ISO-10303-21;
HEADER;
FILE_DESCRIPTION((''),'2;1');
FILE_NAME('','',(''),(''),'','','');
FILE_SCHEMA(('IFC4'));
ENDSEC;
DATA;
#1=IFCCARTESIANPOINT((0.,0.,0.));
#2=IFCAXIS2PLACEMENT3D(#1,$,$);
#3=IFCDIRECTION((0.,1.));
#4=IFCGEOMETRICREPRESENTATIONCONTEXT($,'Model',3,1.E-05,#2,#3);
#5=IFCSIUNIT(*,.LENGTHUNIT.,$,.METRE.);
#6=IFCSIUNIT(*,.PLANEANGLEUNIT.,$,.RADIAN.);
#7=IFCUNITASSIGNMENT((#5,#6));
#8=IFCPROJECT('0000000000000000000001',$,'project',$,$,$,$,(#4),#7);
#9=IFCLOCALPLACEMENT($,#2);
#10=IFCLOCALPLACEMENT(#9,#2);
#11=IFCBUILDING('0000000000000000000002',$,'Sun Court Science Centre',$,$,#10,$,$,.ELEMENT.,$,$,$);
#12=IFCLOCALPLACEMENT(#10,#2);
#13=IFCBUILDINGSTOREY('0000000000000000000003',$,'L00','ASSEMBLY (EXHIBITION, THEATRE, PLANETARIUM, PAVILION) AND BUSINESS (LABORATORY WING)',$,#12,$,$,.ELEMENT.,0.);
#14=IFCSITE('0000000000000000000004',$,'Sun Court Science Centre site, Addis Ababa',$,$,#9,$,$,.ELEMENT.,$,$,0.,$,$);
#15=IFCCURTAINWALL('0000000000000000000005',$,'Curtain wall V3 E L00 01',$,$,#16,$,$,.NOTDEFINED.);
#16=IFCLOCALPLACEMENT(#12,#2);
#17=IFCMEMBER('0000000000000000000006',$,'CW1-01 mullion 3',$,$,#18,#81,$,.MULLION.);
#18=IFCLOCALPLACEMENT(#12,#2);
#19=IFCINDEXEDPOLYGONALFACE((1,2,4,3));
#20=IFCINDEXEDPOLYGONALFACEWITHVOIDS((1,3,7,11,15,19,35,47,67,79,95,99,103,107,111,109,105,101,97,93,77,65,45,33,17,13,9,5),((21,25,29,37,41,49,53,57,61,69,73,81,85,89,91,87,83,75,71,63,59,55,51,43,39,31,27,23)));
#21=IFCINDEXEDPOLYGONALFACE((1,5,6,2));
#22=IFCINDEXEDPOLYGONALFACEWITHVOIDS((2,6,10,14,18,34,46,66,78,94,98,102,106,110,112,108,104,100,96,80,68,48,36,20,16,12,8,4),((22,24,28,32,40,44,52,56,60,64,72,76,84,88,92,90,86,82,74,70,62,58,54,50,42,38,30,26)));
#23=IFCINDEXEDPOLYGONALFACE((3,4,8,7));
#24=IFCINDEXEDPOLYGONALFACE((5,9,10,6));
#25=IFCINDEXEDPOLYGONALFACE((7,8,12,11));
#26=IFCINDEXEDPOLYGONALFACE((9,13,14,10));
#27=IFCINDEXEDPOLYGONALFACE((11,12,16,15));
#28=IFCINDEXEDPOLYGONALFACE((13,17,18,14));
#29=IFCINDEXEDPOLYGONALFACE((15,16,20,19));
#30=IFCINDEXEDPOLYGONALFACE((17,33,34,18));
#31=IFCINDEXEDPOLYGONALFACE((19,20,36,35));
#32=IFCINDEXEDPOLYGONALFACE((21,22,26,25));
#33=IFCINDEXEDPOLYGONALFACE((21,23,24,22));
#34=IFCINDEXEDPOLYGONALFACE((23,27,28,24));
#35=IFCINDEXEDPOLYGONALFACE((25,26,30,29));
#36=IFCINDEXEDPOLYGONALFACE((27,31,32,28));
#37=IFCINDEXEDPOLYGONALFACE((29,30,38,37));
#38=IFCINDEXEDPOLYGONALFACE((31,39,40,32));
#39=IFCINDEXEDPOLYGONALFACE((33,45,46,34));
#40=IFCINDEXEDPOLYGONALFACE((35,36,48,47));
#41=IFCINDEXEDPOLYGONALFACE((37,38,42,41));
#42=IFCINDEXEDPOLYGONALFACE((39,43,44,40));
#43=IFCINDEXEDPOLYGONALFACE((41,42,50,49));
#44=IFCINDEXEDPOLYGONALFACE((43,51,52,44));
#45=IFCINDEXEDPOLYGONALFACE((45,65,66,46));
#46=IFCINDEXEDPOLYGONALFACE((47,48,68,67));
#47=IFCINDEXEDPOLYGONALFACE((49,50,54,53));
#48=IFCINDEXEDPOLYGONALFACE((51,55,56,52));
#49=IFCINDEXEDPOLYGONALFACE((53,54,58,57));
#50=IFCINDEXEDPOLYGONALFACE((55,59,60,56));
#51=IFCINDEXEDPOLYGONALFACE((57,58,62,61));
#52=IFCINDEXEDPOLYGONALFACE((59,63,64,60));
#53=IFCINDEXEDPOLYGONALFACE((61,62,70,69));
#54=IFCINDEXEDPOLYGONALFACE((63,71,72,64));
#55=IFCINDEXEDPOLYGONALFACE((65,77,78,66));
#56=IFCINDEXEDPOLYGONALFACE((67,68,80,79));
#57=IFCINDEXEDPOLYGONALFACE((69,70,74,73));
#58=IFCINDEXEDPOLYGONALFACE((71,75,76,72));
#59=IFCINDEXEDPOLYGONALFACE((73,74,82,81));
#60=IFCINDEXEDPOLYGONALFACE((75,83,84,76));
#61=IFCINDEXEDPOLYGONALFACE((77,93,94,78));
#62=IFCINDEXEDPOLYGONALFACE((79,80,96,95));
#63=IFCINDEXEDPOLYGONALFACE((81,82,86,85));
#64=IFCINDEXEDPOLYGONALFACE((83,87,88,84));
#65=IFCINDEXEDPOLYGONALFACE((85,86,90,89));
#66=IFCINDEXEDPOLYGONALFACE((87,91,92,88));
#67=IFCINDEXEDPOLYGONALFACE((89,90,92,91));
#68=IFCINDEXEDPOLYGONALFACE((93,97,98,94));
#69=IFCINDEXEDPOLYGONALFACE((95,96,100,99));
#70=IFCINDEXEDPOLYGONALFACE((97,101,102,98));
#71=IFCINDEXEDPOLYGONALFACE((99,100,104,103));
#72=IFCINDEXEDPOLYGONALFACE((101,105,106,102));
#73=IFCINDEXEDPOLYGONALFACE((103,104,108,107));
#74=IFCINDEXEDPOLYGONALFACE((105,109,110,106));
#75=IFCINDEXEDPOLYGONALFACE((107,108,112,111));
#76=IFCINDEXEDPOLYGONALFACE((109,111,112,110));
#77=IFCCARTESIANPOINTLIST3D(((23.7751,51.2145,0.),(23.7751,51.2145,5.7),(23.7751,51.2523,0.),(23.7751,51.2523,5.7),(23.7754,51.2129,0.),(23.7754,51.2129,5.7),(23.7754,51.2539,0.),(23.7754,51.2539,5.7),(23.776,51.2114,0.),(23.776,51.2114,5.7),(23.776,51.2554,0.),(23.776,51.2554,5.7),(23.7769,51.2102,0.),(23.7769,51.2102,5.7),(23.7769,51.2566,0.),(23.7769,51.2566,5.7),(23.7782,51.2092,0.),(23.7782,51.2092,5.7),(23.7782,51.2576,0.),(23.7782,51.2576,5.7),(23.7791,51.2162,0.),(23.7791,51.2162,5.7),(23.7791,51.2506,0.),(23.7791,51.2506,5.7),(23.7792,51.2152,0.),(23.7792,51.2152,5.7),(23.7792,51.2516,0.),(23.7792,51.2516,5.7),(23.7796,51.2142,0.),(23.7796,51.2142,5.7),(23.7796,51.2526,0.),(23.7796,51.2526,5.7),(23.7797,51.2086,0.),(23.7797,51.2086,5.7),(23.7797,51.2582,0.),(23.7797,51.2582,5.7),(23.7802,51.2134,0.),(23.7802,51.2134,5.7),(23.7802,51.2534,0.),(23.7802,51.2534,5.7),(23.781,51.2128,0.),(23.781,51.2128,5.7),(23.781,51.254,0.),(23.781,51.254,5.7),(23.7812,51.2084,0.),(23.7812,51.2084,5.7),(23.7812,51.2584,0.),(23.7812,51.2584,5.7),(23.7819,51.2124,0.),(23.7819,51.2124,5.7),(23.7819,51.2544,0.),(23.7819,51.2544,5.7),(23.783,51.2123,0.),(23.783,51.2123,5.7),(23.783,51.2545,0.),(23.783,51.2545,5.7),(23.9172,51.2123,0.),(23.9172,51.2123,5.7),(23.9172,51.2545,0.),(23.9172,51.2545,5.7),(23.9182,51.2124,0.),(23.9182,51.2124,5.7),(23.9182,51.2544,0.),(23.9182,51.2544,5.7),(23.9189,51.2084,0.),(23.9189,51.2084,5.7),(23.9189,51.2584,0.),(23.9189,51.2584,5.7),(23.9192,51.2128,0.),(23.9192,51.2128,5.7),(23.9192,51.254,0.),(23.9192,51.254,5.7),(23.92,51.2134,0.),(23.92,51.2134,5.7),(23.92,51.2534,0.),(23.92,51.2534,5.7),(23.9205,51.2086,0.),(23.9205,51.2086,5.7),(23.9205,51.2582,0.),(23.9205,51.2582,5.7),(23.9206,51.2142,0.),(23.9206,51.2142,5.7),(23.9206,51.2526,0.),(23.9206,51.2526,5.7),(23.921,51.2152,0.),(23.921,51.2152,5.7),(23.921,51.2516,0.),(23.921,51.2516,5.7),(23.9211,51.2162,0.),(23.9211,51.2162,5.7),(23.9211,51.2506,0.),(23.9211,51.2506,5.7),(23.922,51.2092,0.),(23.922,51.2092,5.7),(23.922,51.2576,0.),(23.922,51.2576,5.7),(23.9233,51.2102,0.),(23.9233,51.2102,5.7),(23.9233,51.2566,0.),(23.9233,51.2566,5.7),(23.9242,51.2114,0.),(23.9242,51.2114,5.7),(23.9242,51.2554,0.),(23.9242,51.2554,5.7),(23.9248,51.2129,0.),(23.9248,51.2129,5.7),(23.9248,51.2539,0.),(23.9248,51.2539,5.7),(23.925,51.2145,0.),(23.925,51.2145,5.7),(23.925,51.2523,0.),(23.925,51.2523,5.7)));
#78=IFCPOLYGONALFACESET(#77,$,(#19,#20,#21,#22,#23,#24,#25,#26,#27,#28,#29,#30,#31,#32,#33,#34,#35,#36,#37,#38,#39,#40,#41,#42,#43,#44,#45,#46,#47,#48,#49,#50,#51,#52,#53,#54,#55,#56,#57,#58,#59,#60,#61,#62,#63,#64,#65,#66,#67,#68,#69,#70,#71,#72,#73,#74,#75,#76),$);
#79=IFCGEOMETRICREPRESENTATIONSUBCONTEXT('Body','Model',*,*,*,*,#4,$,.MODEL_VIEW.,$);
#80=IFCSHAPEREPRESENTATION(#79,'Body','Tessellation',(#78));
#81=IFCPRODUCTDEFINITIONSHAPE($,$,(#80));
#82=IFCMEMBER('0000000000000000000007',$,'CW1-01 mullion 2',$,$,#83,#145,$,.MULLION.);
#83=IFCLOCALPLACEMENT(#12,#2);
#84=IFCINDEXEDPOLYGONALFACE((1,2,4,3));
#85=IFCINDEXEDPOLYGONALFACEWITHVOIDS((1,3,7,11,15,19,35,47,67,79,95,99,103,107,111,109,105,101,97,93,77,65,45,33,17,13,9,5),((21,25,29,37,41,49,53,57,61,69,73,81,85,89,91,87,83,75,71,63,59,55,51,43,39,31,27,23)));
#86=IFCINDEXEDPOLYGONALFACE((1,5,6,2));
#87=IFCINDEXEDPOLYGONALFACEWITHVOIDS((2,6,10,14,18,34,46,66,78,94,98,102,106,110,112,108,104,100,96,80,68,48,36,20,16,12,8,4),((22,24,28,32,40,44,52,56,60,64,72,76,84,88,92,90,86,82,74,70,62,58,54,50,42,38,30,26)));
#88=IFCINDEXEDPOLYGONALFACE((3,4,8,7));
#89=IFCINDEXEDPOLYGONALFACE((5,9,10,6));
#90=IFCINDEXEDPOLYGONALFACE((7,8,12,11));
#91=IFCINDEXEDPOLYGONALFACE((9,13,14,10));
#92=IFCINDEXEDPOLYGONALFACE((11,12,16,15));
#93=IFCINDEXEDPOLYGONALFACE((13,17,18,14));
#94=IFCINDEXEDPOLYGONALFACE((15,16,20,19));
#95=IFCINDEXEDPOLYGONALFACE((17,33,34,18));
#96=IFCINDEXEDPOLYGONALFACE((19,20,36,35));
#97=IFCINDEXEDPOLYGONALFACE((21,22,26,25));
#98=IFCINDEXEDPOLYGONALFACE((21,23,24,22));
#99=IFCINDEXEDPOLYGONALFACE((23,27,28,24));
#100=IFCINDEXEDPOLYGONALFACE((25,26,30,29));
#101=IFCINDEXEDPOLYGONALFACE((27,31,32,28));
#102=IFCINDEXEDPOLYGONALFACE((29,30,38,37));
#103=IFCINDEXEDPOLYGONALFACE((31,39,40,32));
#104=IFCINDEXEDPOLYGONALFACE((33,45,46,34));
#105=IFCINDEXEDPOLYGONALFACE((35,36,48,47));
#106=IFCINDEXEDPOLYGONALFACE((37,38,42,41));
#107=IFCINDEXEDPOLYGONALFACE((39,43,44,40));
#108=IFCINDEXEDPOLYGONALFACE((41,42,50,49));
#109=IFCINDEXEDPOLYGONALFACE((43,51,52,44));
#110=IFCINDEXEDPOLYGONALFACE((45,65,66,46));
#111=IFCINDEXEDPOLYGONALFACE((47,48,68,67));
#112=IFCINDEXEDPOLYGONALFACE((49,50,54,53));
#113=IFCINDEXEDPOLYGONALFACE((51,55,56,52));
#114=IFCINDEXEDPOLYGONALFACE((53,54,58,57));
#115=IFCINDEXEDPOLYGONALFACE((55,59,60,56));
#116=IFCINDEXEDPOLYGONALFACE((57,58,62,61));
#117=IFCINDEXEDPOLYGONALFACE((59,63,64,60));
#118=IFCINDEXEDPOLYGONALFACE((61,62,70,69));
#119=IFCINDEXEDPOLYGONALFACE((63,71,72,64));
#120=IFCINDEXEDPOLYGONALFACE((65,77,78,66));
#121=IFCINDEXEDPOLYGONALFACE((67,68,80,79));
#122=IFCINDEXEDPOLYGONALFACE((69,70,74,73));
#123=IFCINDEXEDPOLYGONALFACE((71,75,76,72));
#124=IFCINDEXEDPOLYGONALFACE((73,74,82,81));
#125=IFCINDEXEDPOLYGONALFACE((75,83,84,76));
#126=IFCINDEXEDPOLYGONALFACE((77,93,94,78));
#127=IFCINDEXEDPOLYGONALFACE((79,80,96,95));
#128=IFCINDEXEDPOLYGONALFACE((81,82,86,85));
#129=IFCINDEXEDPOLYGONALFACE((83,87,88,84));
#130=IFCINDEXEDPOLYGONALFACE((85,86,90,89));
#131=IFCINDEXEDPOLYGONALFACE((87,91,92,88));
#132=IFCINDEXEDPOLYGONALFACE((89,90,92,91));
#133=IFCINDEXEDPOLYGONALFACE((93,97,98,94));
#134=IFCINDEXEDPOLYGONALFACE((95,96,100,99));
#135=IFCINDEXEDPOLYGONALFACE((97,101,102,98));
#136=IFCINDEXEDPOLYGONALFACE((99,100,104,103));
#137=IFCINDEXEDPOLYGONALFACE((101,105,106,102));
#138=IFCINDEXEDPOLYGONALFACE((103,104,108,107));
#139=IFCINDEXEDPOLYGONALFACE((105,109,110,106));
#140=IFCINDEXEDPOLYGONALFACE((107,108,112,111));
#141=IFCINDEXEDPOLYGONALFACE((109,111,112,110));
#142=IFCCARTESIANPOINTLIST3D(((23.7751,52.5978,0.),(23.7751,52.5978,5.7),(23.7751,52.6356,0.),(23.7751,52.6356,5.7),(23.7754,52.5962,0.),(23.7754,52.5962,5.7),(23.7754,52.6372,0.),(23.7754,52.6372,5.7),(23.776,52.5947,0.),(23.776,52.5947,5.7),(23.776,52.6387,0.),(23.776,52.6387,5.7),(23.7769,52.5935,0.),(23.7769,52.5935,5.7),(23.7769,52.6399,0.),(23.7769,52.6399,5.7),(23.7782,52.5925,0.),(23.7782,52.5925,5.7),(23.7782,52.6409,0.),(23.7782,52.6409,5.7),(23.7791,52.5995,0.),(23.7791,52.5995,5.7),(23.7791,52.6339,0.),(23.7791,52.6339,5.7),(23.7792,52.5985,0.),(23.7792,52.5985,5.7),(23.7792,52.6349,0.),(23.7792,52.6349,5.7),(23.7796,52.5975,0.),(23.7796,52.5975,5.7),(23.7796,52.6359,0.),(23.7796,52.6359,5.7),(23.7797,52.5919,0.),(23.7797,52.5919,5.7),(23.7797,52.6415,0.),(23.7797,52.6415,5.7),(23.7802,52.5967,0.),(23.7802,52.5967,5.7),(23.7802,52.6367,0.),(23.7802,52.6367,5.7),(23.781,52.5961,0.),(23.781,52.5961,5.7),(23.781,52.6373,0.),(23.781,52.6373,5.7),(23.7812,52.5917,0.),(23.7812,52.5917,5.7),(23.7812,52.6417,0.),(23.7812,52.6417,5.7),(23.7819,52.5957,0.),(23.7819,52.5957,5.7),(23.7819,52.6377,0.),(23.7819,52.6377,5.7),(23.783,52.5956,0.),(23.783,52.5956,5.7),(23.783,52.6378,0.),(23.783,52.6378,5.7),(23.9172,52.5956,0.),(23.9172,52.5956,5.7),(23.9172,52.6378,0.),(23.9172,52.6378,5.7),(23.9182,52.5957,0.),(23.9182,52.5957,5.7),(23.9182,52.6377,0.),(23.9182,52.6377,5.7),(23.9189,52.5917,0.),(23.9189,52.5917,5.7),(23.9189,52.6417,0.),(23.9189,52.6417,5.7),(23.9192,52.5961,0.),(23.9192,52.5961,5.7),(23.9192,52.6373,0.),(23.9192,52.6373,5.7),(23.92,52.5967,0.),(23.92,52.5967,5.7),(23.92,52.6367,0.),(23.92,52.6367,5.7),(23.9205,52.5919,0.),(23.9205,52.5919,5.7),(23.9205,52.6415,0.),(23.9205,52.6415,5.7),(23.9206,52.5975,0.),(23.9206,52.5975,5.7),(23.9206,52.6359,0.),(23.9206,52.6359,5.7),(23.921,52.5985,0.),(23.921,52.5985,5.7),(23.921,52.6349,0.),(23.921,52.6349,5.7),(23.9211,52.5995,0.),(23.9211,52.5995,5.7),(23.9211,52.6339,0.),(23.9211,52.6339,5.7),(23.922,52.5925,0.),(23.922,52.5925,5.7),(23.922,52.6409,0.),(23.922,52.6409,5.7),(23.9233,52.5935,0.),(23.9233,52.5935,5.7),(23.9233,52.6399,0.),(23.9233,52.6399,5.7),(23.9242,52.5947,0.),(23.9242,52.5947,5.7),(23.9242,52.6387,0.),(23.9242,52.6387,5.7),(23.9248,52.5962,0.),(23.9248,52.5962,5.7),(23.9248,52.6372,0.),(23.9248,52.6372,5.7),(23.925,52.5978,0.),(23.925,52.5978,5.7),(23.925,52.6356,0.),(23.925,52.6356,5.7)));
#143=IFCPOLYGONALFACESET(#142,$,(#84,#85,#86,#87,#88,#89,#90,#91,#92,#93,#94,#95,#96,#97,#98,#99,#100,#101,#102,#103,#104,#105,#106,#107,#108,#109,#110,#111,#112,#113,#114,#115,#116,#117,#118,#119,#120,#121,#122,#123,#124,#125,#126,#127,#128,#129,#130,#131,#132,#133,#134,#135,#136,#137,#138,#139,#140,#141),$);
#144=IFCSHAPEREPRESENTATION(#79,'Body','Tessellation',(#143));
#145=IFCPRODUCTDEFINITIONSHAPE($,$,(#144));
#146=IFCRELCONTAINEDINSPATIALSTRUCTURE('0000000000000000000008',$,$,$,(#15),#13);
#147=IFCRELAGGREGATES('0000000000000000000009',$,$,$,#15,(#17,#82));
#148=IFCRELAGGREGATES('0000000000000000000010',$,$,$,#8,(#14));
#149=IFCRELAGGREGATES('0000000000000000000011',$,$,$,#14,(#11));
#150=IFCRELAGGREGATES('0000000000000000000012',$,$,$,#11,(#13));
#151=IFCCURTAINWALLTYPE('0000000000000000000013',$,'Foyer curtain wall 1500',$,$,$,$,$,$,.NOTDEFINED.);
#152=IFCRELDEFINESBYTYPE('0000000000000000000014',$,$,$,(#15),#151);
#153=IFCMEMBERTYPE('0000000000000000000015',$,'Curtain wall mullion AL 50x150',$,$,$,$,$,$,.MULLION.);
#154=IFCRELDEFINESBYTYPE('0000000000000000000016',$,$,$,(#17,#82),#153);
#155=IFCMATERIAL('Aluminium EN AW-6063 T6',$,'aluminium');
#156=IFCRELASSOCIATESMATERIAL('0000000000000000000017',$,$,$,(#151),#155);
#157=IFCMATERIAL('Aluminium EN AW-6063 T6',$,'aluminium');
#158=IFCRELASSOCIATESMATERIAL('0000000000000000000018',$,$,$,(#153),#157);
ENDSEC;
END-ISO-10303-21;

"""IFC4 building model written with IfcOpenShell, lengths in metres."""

from ifc_helpers import new_model, si_unit, direction, frame, origin, origin_2d, place, context, subcontext, project, spatial, hollow_rectangle, extrude, material, material_profile, profile_set, type_object, element, aggregate, save


model = new_model("IFC4")

# Units and contexts
model_context = context("Model", 3, precision=1e-05, world=origin(), true_north=direction((0.0, 1.0)))
body_context = subcontext(model_context, "Body", "Model", "MODEL_VIEW")
ifc_project = project(units=[si_unit("LENGTHUNIT", "METRE"), si_unit("PLANEANGLEUNIT", "RADIAN")], contexts=[model_context])

# Site, building, storey
site_placement = place(None, origin())
site = spatial("IfcSite", under=ifc_project, at=site_placement, Name="Sun Court Science Centre site, Addis Ababa", CompositionType="ELEMENT", RefElevation=0.0)
building_placement = place(site_placement, origin())
building = spatial("IfcBuilding", under=site, at=building_placement, Name="Sun Court Science Centre", CompositionType="ELEMENT")
storey_placement = place(building_placement, origin())
storey = spatial("IfcBuildingStorey", under=building, at=storey_placement, Name="L00", Description="ASSEMBLY (EXHIBITION, THEATRE, PLANETARIUM, PAVILION) AND BUSINESS (LABORATORY WING)", CompositionType="ELEMENT", Elevation=0.0)

# Curtain wall, members
ifc_material_1 = material(Name="Aluminium EN AW-6063 T6", Category="aluminium")
curtain_wall_type_1 = type_object("IfcCurtainWallType", Name="Foyer curtain wall 1500", PredefinedType="NOTDEFINED", material=ifc_material_1)
curtain_wall_1_placement = place(storey_placement, origin())
curtain_wall_1 = element("IfcCurtainWall", 1, at=curtain_wall_1_placement, inside=storey, type_object=curtain_wall_type_1, Name="Curtain wall V3 E L00 01", PredefinedType="NOTDEFINED")
ifc_material_2 = material(Name="Aluminium EN AW-6063 T6", Category="aluminium")
ifc_material_profile_1 = material_profile(ifc_material_2, hollow_rectangle(XDim=0.05, YDim=0.1499, WallThickness=0.0039, InnerFilletRadius=0.0039, OuterFilletRadius=0.0061, at=origin_2d()), Name="AL 50x150x4")
ifc_profile_set_1 = profile_set([ifc_material_profile_1], Name="Aluminium EN AW-6063 T6")
member_type_1 = type_object("IfcMemberType", Name="Curtain wall mullion AL 50x150", PredefinedType="MULLION", material=ifc_profile_set_1)
member_1_placement = place(storey_placement, frame((23.8501, 51.2334, 0.0), z_axis=(0.0, 0.0, 1.0), x_axis=(0.0, -1.0, 0.0)))
member_1 = element("IfcMember", 2, at=member_1_placement, type_object=member_type_1, Name="CW1-01 mullion 3", PredefinedType="MULLION", context=body_context, shape_type="SweptSolid", body=[
    extrude(hollow_rectangle(XDim=0.05, YDim=0.1499, WallThickness=0.0039, InnerFilletRadius=0.0039, OuterFilletRadius=0.0061, at=origin_2d()), origin(), (0.0, 0.0, 1.0), 5.7),
])
member_2_placement = place(storey_placement, frame((23.8501, 52.6167, 0.0), z_axis=(0.0, 0.0, 1.0), x_axis=(0.0, -1.0, 0.0)))
member_2 = element("IfcMember", 3, at=member_2_placement, type_object=member_type_1, Name="CW1-01 mullion 2", PredefinedType="MULLION", context=body_context, shape_type="SweptSolid", body=[
    extrude(hollow_rectangle(XDim=0.05, YDim=0.1499, WallThickness=0.0039, InnerFilletRadius=0.0039, OuterFilletRadius=0.0061, at=origin_2d()), origin(), (0.0, 0.0, 1.0), 5.7),
])

aggregate(curtain_wall_1, [member_1, member_2])

save(model, "model.ifc")
